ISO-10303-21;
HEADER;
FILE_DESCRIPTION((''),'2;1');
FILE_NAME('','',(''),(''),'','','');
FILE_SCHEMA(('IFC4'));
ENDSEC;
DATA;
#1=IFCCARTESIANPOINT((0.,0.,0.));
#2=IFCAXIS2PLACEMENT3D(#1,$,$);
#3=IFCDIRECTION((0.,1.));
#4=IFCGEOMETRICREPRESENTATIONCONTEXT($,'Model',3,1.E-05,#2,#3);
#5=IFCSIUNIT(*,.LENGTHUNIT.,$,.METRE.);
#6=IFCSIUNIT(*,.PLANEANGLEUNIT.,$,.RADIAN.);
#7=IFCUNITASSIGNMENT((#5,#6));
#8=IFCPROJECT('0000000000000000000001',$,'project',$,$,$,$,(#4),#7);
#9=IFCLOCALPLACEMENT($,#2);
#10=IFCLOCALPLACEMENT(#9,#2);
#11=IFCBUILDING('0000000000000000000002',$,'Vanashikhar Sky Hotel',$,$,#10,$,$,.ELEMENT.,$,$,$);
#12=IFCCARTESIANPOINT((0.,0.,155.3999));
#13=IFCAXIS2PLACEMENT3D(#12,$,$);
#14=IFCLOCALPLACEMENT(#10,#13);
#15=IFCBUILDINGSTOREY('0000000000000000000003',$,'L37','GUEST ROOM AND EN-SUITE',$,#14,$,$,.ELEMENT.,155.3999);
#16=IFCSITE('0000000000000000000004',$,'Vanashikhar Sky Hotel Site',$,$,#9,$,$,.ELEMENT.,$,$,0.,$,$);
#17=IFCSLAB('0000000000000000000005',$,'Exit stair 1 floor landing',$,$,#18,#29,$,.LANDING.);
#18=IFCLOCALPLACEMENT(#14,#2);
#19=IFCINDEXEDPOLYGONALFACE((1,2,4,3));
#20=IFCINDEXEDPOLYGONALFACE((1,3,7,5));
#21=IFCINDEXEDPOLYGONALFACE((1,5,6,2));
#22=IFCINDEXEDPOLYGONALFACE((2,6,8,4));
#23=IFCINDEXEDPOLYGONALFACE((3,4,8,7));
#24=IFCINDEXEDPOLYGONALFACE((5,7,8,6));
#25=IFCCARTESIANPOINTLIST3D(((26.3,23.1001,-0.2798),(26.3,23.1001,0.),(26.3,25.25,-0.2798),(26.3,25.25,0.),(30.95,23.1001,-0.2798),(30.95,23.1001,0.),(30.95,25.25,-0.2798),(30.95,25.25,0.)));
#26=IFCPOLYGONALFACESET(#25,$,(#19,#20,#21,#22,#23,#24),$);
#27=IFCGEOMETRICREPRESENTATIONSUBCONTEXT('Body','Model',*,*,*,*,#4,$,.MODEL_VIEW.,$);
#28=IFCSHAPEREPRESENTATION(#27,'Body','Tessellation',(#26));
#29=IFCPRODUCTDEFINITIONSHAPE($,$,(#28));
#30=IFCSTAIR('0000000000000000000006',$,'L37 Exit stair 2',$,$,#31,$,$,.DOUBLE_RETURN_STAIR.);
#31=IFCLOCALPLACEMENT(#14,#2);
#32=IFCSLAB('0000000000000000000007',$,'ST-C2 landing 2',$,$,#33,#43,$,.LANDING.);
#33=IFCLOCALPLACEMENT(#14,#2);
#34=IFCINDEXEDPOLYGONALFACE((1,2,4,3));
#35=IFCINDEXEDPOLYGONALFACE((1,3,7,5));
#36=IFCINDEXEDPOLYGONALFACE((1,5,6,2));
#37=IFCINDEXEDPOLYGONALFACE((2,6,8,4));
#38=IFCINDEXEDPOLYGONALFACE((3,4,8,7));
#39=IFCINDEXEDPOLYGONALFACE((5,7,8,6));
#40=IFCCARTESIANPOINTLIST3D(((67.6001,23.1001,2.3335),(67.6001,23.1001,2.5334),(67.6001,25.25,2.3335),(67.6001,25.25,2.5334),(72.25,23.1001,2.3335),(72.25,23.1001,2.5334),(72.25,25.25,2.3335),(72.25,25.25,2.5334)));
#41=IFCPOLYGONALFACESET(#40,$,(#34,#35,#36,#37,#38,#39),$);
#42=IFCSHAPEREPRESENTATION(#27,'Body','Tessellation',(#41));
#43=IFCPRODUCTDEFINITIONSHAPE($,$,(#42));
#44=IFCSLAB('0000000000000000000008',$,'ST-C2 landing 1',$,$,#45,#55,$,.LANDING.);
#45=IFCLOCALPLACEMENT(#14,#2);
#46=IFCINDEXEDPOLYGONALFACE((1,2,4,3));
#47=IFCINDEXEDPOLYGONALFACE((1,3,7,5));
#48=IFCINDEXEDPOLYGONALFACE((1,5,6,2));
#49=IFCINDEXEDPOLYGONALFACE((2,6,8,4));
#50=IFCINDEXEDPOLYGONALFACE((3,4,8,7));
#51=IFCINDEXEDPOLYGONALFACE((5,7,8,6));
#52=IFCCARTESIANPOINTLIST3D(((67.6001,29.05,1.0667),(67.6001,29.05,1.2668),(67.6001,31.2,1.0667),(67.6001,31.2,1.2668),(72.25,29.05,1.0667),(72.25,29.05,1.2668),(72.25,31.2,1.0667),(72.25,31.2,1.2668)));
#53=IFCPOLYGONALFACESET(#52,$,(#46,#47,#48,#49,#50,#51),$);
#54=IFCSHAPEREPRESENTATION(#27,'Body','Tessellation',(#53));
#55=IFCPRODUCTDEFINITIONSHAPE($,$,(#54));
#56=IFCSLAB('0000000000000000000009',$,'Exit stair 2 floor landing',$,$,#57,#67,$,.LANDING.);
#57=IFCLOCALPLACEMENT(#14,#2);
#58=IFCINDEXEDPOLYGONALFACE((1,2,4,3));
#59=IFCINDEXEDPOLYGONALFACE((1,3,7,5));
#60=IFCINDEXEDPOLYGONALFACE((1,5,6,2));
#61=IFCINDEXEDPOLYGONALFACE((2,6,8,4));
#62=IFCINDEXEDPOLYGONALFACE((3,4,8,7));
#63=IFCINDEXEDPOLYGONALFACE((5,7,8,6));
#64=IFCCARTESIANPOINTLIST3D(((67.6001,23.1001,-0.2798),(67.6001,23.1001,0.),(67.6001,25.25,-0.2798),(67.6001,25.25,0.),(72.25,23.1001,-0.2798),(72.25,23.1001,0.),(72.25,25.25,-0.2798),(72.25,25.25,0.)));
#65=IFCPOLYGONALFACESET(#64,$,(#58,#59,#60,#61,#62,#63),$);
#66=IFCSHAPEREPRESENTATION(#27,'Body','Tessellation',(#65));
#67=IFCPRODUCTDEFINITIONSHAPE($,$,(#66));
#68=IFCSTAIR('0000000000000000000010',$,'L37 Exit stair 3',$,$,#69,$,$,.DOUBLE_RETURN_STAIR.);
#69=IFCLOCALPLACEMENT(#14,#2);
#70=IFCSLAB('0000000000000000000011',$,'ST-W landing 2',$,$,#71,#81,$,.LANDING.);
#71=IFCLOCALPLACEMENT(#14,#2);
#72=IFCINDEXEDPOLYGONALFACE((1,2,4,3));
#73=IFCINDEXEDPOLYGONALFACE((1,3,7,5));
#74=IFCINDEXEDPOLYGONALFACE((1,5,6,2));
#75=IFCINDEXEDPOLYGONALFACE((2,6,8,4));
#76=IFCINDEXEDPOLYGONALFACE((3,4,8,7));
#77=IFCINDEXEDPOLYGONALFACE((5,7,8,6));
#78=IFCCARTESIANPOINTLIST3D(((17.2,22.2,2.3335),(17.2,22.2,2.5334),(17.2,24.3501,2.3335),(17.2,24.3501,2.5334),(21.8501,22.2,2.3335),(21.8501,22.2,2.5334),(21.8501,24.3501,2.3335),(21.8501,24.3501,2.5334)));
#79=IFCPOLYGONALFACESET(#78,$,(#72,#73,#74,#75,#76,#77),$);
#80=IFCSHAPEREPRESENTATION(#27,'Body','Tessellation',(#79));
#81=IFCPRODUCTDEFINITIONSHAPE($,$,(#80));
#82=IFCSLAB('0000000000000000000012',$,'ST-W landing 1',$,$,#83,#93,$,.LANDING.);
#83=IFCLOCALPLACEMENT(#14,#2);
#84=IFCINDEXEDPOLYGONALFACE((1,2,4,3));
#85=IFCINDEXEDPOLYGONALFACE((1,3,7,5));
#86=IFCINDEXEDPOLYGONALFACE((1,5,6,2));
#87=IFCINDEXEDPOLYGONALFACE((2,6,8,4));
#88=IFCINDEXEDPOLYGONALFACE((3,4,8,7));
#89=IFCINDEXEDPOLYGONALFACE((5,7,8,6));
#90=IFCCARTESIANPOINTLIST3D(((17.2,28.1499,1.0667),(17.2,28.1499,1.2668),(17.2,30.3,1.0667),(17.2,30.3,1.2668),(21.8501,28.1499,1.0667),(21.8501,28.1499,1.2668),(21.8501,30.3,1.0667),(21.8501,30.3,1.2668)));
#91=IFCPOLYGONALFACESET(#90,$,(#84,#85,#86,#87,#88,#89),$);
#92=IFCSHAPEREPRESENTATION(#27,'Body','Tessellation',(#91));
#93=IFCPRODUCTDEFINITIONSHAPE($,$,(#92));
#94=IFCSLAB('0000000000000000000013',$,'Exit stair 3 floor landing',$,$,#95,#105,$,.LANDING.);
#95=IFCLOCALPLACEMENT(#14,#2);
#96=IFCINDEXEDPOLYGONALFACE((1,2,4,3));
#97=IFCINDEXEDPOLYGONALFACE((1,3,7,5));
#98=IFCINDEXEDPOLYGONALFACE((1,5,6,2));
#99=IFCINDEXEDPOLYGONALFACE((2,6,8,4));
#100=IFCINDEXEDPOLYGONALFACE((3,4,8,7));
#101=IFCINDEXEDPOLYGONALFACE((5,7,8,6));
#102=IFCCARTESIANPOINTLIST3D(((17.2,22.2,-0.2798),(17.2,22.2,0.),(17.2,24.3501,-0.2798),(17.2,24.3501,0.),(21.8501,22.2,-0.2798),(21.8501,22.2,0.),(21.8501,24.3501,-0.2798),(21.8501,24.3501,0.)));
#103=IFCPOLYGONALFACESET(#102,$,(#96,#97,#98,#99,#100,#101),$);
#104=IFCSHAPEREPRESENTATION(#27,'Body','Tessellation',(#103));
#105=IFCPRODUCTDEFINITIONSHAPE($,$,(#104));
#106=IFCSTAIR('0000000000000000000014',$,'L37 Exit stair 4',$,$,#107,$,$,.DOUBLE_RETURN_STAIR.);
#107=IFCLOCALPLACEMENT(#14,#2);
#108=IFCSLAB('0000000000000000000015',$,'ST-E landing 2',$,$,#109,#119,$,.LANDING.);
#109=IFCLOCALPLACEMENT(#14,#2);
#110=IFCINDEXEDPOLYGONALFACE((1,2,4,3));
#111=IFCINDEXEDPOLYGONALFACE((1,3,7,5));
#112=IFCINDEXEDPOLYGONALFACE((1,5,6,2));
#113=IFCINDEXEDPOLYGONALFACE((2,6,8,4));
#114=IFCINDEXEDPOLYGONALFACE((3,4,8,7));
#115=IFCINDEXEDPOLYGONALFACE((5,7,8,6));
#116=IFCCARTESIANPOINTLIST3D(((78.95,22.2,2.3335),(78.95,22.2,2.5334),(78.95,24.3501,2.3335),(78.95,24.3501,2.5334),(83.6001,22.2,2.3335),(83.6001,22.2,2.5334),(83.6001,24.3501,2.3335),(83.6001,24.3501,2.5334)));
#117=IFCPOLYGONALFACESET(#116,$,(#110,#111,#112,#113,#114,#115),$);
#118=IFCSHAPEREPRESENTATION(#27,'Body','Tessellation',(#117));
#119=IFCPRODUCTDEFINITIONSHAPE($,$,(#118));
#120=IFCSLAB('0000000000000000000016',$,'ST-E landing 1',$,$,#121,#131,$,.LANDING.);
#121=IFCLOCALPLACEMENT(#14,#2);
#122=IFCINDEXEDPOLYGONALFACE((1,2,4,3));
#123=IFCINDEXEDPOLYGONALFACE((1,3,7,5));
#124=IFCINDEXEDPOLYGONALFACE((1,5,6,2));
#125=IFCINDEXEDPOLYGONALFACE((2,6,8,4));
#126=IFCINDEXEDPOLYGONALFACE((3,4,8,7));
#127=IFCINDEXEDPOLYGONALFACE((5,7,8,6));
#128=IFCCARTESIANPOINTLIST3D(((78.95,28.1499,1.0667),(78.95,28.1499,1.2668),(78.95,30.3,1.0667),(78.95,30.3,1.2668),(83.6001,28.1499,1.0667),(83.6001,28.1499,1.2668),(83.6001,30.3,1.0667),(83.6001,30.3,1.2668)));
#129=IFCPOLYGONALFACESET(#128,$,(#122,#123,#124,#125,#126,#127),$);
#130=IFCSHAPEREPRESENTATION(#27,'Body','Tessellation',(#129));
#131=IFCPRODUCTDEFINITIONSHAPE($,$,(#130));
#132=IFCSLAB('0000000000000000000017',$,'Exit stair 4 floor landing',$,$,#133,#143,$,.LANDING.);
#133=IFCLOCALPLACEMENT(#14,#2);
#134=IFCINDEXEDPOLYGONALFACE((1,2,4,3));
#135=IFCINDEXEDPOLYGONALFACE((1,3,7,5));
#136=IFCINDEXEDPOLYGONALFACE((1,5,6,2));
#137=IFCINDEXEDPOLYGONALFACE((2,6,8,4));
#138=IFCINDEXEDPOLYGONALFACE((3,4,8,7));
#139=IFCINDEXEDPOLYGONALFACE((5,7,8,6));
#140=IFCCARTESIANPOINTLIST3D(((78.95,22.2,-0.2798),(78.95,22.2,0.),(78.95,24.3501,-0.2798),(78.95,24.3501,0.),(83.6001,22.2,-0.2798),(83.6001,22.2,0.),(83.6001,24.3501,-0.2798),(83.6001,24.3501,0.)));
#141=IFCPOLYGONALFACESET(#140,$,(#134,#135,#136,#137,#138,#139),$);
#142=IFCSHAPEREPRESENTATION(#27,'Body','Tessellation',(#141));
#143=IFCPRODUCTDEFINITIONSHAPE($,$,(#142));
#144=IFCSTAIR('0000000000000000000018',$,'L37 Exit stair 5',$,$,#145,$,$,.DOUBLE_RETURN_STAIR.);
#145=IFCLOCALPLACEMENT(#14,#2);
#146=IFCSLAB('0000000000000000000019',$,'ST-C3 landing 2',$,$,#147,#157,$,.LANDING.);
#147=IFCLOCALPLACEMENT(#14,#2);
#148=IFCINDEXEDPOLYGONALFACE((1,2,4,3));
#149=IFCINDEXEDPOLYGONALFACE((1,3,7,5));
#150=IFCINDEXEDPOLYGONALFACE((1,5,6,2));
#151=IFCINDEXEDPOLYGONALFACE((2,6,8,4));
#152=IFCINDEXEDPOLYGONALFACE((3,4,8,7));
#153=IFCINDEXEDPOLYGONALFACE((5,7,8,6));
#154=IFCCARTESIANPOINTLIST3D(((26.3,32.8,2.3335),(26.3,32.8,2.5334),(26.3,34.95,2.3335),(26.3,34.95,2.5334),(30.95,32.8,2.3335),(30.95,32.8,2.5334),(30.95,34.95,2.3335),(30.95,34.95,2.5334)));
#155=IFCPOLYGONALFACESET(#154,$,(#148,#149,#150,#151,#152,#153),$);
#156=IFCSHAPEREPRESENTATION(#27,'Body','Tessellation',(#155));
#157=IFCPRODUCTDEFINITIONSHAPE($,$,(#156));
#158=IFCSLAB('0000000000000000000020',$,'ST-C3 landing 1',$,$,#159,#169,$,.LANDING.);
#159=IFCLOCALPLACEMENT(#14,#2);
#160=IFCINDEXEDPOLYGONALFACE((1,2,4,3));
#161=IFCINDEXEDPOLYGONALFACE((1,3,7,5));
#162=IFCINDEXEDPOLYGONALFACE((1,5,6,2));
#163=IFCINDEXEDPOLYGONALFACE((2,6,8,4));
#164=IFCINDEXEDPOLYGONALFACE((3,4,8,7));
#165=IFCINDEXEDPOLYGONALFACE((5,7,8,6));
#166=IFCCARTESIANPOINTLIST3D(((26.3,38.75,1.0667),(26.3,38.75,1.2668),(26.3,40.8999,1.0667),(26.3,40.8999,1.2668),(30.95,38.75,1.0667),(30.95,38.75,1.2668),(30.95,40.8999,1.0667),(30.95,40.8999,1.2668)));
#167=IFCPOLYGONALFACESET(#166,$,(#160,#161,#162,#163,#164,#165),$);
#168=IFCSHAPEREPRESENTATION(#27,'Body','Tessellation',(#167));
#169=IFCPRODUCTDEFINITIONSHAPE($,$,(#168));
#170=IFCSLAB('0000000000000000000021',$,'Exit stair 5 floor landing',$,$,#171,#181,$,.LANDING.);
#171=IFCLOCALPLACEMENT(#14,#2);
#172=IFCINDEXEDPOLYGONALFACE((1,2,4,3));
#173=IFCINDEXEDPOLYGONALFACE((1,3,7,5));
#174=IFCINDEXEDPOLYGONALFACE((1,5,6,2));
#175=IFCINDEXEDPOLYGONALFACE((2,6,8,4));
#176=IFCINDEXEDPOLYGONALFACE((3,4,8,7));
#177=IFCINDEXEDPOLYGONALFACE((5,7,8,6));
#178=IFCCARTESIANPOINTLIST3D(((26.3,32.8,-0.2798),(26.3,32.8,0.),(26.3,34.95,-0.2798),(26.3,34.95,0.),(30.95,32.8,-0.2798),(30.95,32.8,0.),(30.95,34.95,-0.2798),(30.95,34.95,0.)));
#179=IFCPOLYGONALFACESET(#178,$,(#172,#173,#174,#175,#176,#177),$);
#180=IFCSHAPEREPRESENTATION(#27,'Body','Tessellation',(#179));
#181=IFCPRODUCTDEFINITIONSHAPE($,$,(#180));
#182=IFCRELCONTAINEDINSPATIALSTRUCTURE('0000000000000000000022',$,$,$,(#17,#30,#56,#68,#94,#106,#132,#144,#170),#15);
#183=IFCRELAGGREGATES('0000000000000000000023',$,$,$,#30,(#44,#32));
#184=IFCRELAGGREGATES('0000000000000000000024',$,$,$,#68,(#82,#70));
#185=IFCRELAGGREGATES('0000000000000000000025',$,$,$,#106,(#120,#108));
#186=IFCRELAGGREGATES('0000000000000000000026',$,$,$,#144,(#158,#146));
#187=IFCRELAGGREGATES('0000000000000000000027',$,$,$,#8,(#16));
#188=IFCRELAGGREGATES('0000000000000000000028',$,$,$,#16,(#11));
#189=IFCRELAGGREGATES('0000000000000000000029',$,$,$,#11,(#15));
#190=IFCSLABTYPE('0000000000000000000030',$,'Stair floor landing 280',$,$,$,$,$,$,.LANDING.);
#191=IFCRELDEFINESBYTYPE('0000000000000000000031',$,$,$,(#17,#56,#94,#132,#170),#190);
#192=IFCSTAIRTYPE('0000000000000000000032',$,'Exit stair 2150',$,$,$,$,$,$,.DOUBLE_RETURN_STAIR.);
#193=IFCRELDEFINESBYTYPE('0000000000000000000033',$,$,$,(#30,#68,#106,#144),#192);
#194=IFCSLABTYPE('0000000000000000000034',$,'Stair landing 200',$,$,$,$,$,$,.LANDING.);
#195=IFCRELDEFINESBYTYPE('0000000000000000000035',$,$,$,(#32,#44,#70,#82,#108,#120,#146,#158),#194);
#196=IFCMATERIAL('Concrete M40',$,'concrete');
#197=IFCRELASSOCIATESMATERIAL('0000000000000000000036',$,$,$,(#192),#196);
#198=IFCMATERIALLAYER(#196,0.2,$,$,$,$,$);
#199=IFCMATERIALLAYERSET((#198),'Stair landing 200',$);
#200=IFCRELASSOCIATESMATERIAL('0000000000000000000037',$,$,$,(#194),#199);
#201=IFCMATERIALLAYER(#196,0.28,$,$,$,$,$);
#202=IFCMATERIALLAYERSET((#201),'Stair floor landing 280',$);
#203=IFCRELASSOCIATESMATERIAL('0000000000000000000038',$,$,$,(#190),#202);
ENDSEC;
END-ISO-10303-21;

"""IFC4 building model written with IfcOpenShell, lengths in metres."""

from ifc_helpers import new_model, si_unit, direction, frame, origin, place, context, subcontext, project, spatial, polyline, outline, extrude, source, transform, mapped, material, layer, layer_set, type_object, element, aggregate, save


model = new_model("IFC4")

# Units and contexts
model_context = context("Model", 3, precision=1e-05, world=origin(), true_north=direction((0.0, 1.0)))
body_context = subcontext(model_context, "Body", "Model", "MODEL_VIEW")
ifc_project = project(units=[si_unit("LENGTHUNIT", "METRE"), si_unit("PLANEANGLEUNIT", "RADIAN")], contexts=[model_context])

# Site, building, storey
site_placement = place(None, origin())
site = spatial("IfcSite", under=ifc_project, at=site_placement, Name="Vanashikhar Sky Hotel Site", CompositionType="ELEMENT", RefElevation=0.0)
building_placement = place(site_placement, origin())
building = spatial("IfcBuilding", under=site, at=building_placement, Name="Vanashikhar Sky Hotel", CompositionType="ELEMENT")
storey_placement = place(building_placement, frame((0.0, 0.0, 155.3999)))
storey = spatial("IfcBuildingStorey", under=building, at=storey_placement, Name="L37", Description="GUEST ROOM AND EN-SUITE", CompositionType="ELEMENT", Elevation=155.3999)

# Shared definitions
ifc_material = material(Name="Concrete M40", Category="concrete")

# Shared definitions
stair_type = type_object("IfcStairType", Name="Exit stair 2150", PredefinedType="DOUBLE_RETURN_STAIR", material=ifc_material)
ifc_layer_1 = layer(ifc_material, 0.2)
ifc_layer_set_1 = layer_set([ifc_layer_1], Name="Stair landing 200")
slab_type_1 = type_object("IfcSlabType", Name="Stair landing 200", PredefinedType="LANDING", material=ifc_layer_set_1)

# Slab
ifc_layer_2 = layer(ifc_material, 0.28)
ifc_layer_set_2 = layer_set([ifc_layer_2], Name="Stair floor landing 280")
slab_type_2 = type_object("IfcSlabType", Name="Stair floor landing 280", PredefinedType="LANDING", material=ifc_layer_set_2)
shared_shape_1 = source(origin(), body_context, "Body", "SweptSolid", [
    extrude(outline(polyline([(30.95, 23.1001), (30.95, 25.25), (26.3, 25.25), (26.3, 23.1001), (30.95, 23.1001)])), origin(), (0.0, 0.0, 1.0), 0.2798),
])
slab_1_placement = place(storey_placement, frame((0.0, 0.0, -0.2798)))
element("IfcSlab", 1, at=slab_1_placement, inside=storey, type_object=slab_type_2, Name="Exit stair 1 floor landing", PredefinedType="LANDING", context=body_context, shape_type="MappedRepresentation", body=[
    mapped(shared_shape_1, transform((0.0, 0.0, 0.0), scale=1.0)),
])

# Stair, slabs
stair_1_placement = place(storey_placement, origin())
stair_1 = element("IfcStair", 2, at=stair_1_placement, inside=storey, type_object=stair_type, Name="L37 Exit stair 2", PredefinedType="DOUBLE_RETURN_STAIR")
shared_shape_2 = source(origin(), body_context, "Body", "SweptSolid", [
    extrude(outline(polyline([(72.25, 23.1001), (72.25, 25.25), (67.6001, 25.25), (67.6001, 23.1001), (72.25, 23.1001)])), origin(), (0.0, 0.0, 1.0), 0.2),
])
slab_2_placement = place(storey_placement, frame((0.0, 0.0, 2.3335)))
slab_2 = element("IfcSlab", 3, at=slab_2_placement, type_object=slab_type_1, Name="ST-C2 landing 2", PredefinedType="LANDING", context=body_context, shape_type="MappedRepresentation", body=[
    mapped(shared_shape_2, transform((0.0, 0.0, 0.0), scale=1.0)),
])
shared_shape_3 = source(origin(), body_context, "Body", "SweptSolid", [
    extrude(outline(polyline([(72.25, 29.05), (72.25, 31.2), (67.6001, 31.2), (67.6001, 29.05), (72.25, 29.05)])), origin(), (0.0, 0.0, 1.0), 0.2002),
])
slab_3_placement = place(storey_placement, frame((0.0, 0.0, 1.0667)))
slab_3 = element("IfcSlab", 4, at=slab_3_placement, type_object=slab_type_1, Name="ST-C2 landing 1", PredefinedType="LANDING", context=body_context, shape_type="MappedRepresentation", body=[
    mapped(shared_shape_3, transform((0.0, 0.0, 0.0), scale=1.0)),
])
aggregate(stair_1, [slab_3, slab_2])

# Slab
shared_shape_4 = source(origin(), body_context, "Body", "SweptSolid", [
    extrude(outline(polyline([(72.25, 23.1001), (72.25, 25.25), (67.6001, 25.25), (67.6001, 23.1001), (72.25, 23.1001)])), origin(), (0.0, 0.0, 1.0), 0.2798),
])
slab_4_placement = place(storey_placement, frame((0.0, 0.0, -0.2798)))
element("IfcSlab", 5, at=slab_4_placement, inside=storey, type_object=slab_type_2, Name="Exit stair 2 floor landing", PredefinedType="LANDING", context=body_context, shape_type="MappedRepresentation", body=[
    mapped(shared_shape_4, transform((0.0, 0.0, 0.0), scale=1.0)),
])

# Stair, slabs
stair_2_placement = place(storey_placement, origin())
stair_2 = element("IfcStair", 6, at=stair_2_placement, inside=storey, type_object=stair_type, Name="L37 Exit stair 3", PredefinedType="DOUBLE_RETURN_STAIR")
shared_shape_5 = source(origin(), body_context, "Body", "SweptSolid", [
    extrude(outline(polyline([(21.8501, 22.2), (21.8501, 24.3501), (17.2, 24.3501), (17.2, 22.2), (21.8501, 22.2)])), origin(), (0.0, 0.0, 1.0), 0.2),
])
slab_5_placement = place(storey_placement, frame((0.0, 0.0, 2.3335)))
slab_5 = element("IfcSlab", 7, at=slab_5_placement, type_object=slab_type_1, Name="ST-W landing 2", PredefinedType="LANDING", context=body_context, shape_type="MappedRepresentation", body=[
    mapped(shared_shape_5, transform((0.0, 0.0, 0.0), scale=1.0)),
])
shared_shape_6 = source(origin(), body_context, "Body", "SweptSolid", [
    extrude(outline(polyline([(21.8501, 28.1499), (21.8501, 30.3), (17.2, 30.3), (17.2, 28.1499), (21.8501, 28.1499)])), origin(), (0.0, 0.0, 1.0), 0.2002),
])
slab_6_placement = place(storey_placement, frame((0.0, 0.0, 1.0667)))
slab_6 = element("IfcSlab", 8, at=slab_6_placement, type_object=slab_type_1, Name="ST-W landing 1", PredefinedType="LANDING", context=body_context, shape_type="MappedRepresentation", body=[
    mapped(shared_shape_6, transform((0.0, 0.0, 0.0), scale=1.0)),
])
aggregate(stair_2, [slab_6, slab_5])

# Slab
shared_shape_7 = source(origin(), body_context, "Body", "SweptSolid", [
    extrude(outline(polyline([(21.8501, 22.2), (21.8501, 24.3501), (17.2, 24.3501), (17.2, 22.2), (21.8501, 22.2)])), origin(), (0.0, 0.0, 1.0), 0.2798),
])
slab_7_placement = place(storey_placement, frame((0.0, 0.0, -0.2798)))
element("IfcSlab", 9, at=slab_7_placement, inside=storey, type_object=slab_type_2, Name="Exit stair 3 floor landing", PredefinedType="LANDING", context=body_context, shape_type="MappedRepresentation", body=[
    mapped(shared_shape_7, transform((0.0, 0.0, 0.0), scale=1.0)),
])

# Stair, slabs
stair_3_placement = place(storey_placement, origin())
stair_3 = element("IfcStair", 10, at=stair_3_placement, inside=storey, type_object=stair_type, Name="L37 Exit stair 4", PredefinedType="DOUBLE_RETURN_STAIR")
shared_shape_8 = source(origin(), body_context, "Body", "SweptSolid", [
    extrude(outline(polyline([(83.6001, 22.2), (83.6001, 24.3501), (78.95, 24.3501), (78.95, 22.2), (83.6001, 22.2)])), origin(), (0.0, 0.0, 1.0), 0.2),
])
slab_8_placement = place(storey_placement, frame((0.0, 0.0, 2.3335)))
slab_8 = element("IfcSlab", 11, at=slab_8_placement, type_object=slab_type_1, Name="ST-E landing 2", PredefinedType="LANDING", context=body_context, shape_type="MappedRepresentation", body=[
    mapped(shared_shape_8, transform((0.0, 0.0, 0.0), scale=1.0)),
])
shared_shape_9 = source(origin(), body_context, "Body", "SweptSolid", [
    extrude(outline(polyline([(83.6001, 28.1499), (83.6001, 30.3), (78.95, 30.3), (78.95, 28.1499), (83.6001, 28.1499)])), origin(), (0.0, 0.0, 1.0), 0.2002),
])
slab_9_placement = place(storey_placement, frame((0.0, 0.0, 1.0667)))
slab_9 = element("IfcSlab", 12, at=slab_9_placement, type_object=slab_type_1, Name="ST-E landing 1", PredefinedType="LANDING", context=body_context, shape_type="MappedRepresentation", body=[
    mapped(shared_shape_9, transform((0.0, 0.0, 0.0), scale=1.0)),
])
aggregate(stair_3, [slab_9, slab_8])

# Slab
shared_shape_10 = source(origin(), body_context, "Body", "SweptSolid", [
    extrude(outline(polyline([(83.6001, 22.2), (83.6001, 24.3501), (78.95, 24.3501), (78.95, 22.2), (83.6001, 22.2)])), origin(), (0.0, 0.0, 1.0), 0.2798),
])
slab_10_placement = place(storey_placement, frame((0.0, 0.0, -0.2798)))
element("IfcSlab", 13, at=slab_10_placement, inside=storey, type_object=slab_type_2, Name="Exit stair 4 floor landing", PredefinedType="LANDING", context=body_context, shape_type="MappedRepresentation", body=[
    mapped(shared_shape_10, transform((0.0, 0.0, 0.0), scale=1.0)),
])

# Stair, slabs
stair_4_placement = place(storey_placement, origin())
stair_4 = element("IfcStair", 14, at=stair_4_placement, inside=storey, type_object=stair_type, Name="L37 Exit stair 5", PredefinedType="DOUBLE_RETURN_STAIR")
shared_shape_11 = source(origin(), body_context, "Body", "SweptSolid", [
    extrude(outline(polyline([(30.95, 32.8), (30.95, 34.95), (26.3, 34.95), (26.3, 32.8), (30.95, 32.8)])), origin(), (0.0, 0.0, 1.0), 0.2),
])
slab_11_placement = place(storey_placement, frame((0.0, 0.0, 2.3335)))
slab_11 = element("IfcSlab", 15, at=slab_11_placement, type_object=slab_type_1, Name="ST-C3 landing 2", PredefinedType="LANDING", context=body_context, shape_type="MappedRepresentation", body=[
    mapped(shared_shape_11, transform((0.0, 0.0, 0.0), scale=1.0)),
])
shared_shape_12 = source(origin(), body_context, "Body", "SweptSolid", [
    extrude(outline(polyline([(30.95, 38.75), (30.95, 40.8999), (26.3, 40.8999), (26.3, 38.75), (30.95, 38.75)])), origin(), (0.0, 0.0, 1.0), 0.2002),
])
slab_12_placement = place(storey_placement, frame((0.0, 0.0, 1.0667)))
slab_12 = element("IfcSlab", 16, at=slab_12_placement, type_object=slab_type_1, Name="ST-C3 landing 1", PredefinedType="LANDING", context=body_context, shape_type="MappedRepresentation", body=[
    mapped(shared_shape_12, transform((0.0, 0.0, 0.0), scale=1.0)),
])
aggregate(stair_4, [slab_12, slab_11])

# Slab
shared_shape_13 = source(origin(), body_context, "Body", "SweptSolid", [
    extrude(outline(polyline([(30.95, 32.8), (30.95, 34.95), (26.3, 34.95), (26.3, 32.8), (30.95, 32.8)])), origin(), (0.0, 0.0, 1.0), 0.2798),
])
slab_13_placement = place(storey_placement, frame((0.0, 0.0, -0.2798)))
element("IfcSlab", 17, at=slab_13_placement, inside=storey, type_object=slab_type_2, Name="Exit stair 5 floor landing", PredefinedType="LANDING", context=body_context, shape_type="MappedRepresentation", body=[
    mapped(shared_shape_13, transform((0.0, 0.0, 0.0), scale=1.0)),
])

save(model, "model.ifc")
